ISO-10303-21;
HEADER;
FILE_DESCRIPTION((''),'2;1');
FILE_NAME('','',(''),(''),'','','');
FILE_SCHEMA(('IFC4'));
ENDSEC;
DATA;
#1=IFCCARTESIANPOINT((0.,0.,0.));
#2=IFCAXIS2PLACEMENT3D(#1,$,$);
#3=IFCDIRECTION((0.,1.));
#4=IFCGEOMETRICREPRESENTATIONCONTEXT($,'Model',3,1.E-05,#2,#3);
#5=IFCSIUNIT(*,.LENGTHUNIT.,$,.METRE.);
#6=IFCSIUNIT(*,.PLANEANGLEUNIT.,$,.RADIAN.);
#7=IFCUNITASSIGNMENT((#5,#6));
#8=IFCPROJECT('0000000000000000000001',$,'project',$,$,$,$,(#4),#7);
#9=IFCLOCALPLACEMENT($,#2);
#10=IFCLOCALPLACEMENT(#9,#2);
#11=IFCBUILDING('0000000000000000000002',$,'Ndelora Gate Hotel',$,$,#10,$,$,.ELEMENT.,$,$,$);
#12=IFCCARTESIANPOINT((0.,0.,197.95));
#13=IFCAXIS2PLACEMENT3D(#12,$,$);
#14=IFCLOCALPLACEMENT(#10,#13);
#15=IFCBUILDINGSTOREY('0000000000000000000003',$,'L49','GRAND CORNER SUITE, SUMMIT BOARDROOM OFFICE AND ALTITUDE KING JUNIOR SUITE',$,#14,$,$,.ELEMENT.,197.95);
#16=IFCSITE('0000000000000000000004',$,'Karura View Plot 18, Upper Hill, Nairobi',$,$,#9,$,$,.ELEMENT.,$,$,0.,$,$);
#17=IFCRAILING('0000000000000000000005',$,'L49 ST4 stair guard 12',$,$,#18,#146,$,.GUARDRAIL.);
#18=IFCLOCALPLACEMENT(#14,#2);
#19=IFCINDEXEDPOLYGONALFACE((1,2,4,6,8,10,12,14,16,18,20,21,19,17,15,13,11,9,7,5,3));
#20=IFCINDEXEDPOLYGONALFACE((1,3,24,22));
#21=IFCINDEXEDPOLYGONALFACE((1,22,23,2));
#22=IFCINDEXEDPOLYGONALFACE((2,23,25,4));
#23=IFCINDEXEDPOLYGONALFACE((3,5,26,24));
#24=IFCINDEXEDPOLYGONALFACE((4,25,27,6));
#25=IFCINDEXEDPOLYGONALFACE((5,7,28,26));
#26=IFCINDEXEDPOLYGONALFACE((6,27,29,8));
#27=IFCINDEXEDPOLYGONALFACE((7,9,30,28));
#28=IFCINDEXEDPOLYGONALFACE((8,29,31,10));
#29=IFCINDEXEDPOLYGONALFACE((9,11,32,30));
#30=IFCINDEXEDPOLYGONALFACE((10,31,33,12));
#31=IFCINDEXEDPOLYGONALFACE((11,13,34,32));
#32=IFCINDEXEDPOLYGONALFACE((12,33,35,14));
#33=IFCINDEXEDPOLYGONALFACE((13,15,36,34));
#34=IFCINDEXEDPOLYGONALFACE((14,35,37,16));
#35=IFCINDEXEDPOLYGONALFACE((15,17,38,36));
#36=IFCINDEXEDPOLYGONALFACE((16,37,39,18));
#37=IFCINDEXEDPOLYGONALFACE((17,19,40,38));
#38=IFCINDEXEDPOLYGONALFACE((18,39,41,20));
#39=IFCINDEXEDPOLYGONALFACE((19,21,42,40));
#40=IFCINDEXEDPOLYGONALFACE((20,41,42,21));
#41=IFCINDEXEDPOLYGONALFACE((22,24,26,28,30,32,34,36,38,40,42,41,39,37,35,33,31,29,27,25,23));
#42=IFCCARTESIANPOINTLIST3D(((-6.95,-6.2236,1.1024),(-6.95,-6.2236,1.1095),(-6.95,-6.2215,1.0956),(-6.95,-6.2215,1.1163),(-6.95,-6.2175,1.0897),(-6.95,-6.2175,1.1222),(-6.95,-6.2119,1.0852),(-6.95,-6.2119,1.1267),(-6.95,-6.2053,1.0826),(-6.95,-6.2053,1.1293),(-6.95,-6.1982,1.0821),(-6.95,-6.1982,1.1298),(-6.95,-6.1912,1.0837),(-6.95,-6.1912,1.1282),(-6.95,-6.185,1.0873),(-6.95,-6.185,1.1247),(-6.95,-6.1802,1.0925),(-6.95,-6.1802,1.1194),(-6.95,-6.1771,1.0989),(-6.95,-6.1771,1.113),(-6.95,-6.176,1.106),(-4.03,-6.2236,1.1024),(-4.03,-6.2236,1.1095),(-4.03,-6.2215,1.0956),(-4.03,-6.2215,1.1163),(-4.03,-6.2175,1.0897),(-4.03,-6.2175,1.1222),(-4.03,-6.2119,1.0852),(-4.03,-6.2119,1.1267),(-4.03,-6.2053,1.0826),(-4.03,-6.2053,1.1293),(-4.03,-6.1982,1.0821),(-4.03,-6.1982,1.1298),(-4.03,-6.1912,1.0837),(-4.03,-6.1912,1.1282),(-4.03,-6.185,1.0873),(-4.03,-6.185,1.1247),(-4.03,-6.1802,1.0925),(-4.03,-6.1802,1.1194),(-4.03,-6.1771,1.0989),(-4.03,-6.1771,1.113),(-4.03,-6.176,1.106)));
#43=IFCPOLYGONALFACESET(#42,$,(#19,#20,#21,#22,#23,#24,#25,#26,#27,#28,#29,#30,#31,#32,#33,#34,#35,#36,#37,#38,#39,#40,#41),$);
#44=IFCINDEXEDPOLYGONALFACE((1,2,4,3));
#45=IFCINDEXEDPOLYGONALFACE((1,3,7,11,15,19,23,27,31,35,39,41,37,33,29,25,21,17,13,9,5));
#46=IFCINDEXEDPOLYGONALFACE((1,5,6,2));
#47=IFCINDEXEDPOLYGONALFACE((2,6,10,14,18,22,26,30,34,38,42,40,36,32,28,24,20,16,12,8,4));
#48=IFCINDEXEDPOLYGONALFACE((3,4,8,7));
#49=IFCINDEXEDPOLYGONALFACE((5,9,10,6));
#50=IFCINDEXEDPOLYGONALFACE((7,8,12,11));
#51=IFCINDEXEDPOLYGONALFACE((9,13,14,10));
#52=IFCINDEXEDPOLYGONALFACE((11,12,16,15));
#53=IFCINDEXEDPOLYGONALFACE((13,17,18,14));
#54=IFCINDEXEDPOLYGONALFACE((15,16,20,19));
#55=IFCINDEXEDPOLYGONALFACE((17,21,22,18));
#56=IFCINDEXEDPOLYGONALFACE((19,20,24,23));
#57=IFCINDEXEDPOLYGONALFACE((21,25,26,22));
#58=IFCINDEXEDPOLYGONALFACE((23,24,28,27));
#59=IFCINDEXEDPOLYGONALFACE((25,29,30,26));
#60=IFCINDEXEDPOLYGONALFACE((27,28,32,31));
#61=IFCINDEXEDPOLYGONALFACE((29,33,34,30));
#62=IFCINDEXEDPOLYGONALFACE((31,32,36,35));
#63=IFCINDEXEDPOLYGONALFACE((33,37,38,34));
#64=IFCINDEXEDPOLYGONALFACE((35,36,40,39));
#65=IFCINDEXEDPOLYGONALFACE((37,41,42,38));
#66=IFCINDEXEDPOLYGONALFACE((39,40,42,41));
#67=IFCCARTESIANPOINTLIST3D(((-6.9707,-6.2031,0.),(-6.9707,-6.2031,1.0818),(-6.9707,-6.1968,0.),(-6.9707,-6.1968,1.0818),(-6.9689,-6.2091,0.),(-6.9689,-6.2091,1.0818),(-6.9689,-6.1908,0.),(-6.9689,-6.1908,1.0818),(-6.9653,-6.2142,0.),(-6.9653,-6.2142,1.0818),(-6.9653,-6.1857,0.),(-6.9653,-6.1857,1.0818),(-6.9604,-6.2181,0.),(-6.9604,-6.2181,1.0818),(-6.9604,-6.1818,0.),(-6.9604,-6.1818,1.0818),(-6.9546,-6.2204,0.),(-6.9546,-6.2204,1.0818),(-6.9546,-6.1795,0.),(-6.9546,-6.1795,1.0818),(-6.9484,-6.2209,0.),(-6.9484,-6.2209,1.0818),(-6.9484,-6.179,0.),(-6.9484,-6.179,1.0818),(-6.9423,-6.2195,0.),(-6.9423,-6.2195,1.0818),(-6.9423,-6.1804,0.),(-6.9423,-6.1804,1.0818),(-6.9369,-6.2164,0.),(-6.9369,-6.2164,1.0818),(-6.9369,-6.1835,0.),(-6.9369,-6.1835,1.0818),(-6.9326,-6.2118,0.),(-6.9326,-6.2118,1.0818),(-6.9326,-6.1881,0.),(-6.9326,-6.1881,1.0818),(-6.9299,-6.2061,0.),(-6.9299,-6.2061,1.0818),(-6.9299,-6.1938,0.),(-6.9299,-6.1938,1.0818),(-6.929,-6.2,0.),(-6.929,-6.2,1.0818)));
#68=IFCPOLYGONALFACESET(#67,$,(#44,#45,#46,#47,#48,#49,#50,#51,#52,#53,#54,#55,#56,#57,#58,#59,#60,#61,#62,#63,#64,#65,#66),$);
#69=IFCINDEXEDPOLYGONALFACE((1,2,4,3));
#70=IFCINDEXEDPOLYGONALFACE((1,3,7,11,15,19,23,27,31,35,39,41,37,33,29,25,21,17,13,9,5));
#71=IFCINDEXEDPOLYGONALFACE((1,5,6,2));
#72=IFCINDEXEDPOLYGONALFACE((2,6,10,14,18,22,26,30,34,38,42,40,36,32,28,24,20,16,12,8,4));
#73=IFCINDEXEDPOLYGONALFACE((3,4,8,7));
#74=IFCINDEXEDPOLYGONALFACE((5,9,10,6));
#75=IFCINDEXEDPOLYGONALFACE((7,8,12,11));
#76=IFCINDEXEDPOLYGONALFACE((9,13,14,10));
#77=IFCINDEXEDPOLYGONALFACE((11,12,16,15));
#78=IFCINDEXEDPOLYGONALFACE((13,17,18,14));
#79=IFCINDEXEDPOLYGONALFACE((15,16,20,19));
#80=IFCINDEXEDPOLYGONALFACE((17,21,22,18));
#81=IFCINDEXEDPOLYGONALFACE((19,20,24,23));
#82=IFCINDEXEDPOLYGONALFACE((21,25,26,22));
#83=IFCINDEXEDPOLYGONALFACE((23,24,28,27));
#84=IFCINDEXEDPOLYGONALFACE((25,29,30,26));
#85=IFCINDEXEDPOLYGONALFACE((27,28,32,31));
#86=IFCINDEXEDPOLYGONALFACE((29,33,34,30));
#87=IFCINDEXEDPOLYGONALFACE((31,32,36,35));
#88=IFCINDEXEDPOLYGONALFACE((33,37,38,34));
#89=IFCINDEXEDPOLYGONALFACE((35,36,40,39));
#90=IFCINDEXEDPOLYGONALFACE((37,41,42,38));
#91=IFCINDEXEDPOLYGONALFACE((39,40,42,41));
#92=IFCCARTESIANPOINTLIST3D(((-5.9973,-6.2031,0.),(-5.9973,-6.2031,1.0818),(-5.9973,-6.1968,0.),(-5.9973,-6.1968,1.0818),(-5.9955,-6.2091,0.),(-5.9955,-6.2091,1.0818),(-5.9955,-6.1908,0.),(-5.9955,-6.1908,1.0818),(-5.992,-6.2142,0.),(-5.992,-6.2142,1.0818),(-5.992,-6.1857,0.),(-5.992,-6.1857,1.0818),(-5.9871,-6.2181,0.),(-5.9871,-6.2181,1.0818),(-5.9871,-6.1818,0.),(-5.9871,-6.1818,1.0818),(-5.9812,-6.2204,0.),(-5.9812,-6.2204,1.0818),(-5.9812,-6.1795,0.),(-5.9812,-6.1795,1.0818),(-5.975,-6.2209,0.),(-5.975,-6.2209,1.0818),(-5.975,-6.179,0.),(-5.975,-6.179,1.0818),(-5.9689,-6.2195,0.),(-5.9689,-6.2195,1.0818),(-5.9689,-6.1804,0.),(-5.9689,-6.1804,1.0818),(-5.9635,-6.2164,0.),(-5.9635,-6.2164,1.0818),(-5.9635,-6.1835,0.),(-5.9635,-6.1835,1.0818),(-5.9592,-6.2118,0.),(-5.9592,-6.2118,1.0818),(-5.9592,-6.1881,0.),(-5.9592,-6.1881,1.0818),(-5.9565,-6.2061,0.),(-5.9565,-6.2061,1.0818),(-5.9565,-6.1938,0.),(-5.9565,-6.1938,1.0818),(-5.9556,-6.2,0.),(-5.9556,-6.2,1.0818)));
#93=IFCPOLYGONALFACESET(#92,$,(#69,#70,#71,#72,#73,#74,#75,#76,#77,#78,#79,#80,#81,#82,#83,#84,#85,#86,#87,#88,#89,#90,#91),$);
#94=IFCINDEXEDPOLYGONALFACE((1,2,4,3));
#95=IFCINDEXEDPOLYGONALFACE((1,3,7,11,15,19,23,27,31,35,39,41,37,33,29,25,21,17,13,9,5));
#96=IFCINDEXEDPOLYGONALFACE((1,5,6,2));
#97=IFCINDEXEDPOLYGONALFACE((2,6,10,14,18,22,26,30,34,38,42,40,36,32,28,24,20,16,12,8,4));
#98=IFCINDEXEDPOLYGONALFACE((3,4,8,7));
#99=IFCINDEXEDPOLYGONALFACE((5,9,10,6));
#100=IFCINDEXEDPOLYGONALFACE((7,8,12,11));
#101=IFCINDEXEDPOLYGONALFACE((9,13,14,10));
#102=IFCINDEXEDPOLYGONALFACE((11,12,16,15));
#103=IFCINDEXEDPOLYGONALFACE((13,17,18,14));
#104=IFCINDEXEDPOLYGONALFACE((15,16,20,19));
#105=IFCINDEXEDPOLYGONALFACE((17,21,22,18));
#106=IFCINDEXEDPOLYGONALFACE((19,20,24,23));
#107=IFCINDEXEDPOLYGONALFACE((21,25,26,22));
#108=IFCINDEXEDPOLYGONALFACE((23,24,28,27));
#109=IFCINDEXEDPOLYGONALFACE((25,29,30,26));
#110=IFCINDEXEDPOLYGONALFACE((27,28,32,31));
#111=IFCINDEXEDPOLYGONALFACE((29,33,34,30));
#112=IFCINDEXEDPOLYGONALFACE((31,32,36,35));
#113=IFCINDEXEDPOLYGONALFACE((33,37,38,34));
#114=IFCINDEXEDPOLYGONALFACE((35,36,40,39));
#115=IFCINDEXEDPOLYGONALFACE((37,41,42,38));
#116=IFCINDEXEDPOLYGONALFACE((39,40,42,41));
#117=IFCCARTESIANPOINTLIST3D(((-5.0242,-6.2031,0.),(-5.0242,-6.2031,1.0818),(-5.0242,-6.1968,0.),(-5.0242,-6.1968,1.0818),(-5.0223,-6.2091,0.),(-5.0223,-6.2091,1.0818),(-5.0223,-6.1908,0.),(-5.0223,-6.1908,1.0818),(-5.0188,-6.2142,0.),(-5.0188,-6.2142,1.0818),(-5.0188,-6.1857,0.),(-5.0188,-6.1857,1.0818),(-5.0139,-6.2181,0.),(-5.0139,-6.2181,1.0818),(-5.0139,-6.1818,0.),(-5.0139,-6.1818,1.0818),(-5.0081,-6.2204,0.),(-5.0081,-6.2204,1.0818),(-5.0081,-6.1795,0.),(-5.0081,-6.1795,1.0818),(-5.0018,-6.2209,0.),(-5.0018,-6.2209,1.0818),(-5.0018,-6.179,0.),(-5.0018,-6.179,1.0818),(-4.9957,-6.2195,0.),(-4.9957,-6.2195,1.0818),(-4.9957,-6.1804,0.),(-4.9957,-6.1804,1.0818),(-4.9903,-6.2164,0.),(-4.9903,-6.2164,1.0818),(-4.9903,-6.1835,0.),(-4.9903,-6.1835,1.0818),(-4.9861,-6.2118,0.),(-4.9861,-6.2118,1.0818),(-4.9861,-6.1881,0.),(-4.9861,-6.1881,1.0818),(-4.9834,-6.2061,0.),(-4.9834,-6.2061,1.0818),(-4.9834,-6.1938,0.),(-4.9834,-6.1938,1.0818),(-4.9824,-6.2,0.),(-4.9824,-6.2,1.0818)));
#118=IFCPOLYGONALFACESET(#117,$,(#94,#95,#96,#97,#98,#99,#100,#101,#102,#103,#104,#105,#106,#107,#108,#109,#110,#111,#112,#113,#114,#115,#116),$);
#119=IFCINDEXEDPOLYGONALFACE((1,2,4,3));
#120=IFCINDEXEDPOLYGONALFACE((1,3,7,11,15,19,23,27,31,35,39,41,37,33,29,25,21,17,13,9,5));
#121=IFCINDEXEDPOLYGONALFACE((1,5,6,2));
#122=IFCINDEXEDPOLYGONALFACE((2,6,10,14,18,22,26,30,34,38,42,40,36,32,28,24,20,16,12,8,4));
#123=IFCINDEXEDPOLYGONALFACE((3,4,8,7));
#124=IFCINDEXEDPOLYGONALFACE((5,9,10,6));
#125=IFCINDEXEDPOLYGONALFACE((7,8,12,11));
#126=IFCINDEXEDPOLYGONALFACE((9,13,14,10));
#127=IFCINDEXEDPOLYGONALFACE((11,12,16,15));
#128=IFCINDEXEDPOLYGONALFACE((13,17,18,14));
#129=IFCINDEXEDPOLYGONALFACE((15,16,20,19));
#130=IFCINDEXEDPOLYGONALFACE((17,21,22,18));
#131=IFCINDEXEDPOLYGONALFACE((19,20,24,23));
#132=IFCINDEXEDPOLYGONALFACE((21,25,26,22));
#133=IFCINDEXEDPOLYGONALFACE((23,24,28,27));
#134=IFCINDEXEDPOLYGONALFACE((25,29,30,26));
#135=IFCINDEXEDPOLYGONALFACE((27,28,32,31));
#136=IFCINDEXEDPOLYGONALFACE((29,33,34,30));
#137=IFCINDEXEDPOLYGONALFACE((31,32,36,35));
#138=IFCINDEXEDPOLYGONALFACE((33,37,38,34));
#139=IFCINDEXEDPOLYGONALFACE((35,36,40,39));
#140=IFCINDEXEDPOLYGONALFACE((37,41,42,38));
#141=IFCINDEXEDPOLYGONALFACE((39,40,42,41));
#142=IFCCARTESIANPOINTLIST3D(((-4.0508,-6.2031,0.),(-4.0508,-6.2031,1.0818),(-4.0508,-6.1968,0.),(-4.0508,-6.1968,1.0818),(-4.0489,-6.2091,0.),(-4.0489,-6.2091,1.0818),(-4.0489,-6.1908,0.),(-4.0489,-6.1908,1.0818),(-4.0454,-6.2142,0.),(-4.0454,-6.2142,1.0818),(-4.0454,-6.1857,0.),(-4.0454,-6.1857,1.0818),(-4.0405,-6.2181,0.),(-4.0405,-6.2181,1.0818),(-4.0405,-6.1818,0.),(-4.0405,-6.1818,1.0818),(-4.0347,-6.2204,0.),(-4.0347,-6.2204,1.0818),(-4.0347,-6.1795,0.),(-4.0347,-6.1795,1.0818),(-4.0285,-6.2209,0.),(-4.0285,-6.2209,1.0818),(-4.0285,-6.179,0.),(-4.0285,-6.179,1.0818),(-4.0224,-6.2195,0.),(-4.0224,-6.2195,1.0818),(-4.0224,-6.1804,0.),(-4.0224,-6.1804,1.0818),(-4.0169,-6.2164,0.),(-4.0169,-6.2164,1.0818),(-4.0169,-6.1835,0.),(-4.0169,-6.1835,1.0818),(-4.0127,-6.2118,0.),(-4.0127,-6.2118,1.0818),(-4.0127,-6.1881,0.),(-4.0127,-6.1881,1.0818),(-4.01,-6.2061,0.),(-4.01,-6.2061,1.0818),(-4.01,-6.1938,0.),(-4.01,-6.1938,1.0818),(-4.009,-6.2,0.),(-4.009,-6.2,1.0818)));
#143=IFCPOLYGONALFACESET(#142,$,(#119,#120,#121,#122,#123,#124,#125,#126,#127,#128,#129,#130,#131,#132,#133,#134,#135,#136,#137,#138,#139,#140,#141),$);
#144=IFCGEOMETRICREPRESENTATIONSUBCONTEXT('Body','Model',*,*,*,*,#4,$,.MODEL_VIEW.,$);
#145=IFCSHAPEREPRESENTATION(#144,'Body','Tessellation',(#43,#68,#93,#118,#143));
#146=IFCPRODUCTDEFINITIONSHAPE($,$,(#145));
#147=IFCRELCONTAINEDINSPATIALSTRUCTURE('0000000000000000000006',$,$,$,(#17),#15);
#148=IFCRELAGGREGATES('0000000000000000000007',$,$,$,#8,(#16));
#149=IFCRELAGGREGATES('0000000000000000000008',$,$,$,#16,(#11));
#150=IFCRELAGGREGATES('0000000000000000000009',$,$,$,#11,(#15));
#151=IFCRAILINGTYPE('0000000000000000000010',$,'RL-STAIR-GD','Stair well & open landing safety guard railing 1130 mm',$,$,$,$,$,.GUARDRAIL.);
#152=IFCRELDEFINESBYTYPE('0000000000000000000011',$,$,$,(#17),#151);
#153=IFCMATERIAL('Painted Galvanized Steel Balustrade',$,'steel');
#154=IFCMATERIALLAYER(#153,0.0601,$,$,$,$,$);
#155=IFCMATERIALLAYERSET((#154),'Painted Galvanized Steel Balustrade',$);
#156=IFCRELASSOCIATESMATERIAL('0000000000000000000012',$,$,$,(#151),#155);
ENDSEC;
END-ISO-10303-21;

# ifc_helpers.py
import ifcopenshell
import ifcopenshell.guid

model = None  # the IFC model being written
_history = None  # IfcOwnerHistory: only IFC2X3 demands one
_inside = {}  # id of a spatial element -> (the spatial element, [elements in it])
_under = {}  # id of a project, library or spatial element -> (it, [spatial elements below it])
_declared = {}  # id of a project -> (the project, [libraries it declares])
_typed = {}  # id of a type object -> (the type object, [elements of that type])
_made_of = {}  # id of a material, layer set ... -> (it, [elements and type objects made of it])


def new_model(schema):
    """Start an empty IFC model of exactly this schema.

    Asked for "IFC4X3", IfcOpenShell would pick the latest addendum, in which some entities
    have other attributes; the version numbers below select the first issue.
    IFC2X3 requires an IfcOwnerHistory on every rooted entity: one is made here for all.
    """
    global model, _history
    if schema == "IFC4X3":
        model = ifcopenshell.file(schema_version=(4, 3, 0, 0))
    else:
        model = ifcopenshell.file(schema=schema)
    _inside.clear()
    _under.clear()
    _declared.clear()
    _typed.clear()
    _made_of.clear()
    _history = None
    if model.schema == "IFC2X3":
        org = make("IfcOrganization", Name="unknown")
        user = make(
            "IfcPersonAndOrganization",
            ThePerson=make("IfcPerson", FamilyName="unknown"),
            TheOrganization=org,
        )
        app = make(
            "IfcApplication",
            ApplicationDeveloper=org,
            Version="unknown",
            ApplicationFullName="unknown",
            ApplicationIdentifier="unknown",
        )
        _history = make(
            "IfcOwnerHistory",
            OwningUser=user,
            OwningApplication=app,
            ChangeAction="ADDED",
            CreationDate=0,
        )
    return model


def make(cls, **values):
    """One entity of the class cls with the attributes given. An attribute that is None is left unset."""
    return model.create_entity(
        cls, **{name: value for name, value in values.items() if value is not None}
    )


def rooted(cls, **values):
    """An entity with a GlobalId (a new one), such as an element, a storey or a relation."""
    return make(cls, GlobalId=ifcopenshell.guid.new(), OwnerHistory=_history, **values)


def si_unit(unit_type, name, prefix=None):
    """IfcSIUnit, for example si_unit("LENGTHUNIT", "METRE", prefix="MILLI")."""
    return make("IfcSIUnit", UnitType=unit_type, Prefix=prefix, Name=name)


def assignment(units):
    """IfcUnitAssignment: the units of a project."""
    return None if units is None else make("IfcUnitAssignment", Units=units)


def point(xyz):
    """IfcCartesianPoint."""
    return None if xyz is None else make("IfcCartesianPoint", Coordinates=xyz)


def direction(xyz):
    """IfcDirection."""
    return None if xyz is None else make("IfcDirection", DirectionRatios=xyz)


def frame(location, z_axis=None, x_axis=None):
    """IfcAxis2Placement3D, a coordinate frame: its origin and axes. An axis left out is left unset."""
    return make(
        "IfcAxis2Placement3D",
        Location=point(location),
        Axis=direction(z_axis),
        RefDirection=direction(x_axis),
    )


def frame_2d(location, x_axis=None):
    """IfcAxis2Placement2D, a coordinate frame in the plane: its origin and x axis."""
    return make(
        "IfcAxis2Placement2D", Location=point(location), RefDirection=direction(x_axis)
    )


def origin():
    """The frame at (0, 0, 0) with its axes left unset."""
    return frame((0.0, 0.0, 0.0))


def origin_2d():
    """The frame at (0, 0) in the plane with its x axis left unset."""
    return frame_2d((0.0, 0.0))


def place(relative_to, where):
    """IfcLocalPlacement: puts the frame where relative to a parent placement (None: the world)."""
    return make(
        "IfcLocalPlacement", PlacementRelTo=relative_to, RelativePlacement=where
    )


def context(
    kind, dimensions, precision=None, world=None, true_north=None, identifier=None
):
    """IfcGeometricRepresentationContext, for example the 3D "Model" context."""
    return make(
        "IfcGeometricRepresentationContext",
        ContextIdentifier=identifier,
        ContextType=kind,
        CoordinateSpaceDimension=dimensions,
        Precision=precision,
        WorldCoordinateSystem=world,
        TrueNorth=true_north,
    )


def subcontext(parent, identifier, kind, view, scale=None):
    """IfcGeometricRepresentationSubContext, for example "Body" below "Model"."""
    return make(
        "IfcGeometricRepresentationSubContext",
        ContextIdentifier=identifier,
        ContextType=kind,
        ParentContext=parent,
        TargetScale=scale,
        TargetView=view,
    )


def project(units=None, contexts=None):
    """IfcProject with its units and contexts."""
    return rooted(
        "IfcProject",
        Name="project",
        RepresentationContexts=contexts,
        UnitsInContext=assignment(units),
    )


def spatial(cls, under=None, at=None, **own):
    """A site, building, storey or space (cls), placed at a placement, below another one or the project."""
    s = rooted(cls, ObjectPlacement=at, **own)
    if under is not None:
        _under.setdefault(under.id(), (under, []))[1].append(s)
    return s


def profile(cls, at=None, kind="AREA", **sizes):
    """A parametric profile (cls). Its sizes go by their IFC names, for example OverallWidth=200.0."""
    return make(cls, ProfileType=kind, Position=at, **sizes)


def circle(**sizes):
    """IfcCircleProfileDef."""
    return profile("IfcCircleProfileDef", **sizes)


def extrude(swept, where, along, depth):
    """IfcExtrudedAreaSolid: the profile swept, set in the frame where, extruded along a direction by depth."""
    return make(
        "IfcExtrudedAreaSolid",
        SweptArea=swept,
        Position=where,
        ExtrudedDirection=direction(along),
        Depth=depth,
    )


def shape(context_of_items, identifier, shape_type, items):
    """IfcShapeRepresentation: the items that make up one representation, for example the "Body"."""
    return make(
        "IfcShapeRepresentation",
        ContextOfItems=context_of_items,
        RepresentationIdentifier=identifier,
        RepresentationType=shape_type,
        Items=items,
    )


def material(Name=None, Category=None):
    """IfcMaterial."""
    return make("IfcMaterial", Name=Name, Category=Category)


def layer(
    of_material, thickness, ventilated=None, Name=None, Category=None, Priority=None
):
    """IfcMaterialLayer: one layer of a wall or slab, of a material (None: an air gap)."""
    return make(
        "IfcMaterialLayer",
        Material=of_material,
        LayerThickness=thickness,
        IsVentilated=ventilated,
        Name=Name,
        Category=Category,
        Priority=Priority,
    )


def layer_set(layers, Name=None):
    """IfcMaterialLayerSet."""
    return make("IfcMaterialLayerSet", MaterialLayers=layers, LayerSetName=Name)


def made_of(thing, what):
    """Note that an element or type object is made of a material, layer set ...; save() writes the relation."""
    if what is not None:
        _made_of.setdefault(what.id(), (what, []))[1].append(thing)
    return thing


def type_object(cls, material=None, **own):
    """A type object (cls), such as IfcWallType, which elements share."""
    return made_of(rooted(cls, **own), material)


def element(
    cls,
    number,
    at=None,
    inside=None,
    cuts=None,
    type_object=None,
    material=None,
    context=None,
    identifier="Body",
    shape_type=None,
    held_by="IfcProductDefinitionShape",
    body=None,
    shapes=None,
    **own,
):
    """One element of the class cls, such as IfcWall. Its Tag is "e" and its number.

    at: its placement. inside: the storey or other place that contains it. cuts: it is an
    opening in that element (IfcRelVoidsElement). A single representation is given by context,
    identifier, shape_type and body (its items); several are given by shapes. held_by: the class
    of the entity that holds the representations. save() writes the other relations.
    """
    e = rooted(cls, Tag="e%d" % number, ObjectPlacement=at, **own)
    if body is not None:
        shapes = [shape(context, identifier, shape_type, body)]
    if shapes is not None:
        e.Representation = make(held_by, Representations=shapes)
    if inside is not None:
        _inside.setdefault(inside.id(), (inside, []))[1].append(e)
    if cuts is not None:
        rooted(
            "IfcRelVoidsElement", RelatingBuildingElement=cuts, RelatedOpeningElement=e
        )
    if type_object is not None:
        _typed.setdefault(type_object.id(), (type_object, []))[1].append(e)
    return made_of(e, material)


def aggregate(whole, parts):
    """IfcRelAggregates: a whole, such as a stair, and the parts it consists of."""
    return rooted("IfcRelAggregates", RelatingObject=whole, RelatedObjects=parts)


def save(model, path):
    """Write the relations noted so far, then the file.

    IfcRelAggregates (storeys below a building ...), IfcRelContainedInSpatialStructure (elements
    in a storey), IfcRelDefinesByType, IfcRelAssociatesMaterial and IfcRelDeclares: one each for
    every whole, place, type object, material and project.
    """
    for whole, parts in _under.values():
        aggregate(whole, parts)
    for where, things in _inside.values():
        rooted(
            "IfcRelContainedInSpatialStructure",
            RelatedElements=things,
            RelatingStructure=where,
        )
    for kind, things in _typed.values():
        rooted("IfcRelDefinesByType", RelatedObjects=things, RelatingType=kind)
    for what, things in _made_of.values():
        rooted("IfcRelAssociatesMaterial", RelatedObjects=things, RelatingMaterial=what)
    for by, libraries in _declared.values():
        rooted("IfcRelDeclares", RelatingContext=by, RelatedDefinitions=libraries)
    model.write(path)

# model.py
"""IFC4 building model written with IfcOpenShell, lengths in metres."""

from ifc_helpers import new_model, si_unit, direction, frame, origin, origin_2d, place, context, subcontext, project, spatial, circle, extrude, material, layer, layer_set, type_object, element, save


model = new_model("IFC4")

# Units and contexts
model_context = context("Model", 3, precision=1e-05, world=origin(), true_north=direction((0.0, 1.0)))
body_context = subcontext(model_context, "Body", "Model", "MODEL_VIEW")
ifc_project = project(units=[si_unit("LENGTHUNIT", "METRE"), si_unit("PLANEANGLEUNIT", "RADIAN")], contexts=[model_context])

# Site, building, storey
site_placement = place(None, origin())
site = spatial("IfcSite", under=ifc_project, at=site_placement, Name="Karura View Plot 18, Upper Hill, Nairobi", CompositionType="ELEMENT", RefElevation=0.0)
building_placement = place(site_placement, origin())
building = spatial("IfcBuilding", under=site, at=building_placement, Name="Ndelora Gate Hotel", CompositionType="ELEMENT")
storey_placement = place(building_placement, frame((0.0, 0.0, 197.95)))
storey = spatial("IfcBuildingStorey", under=building, at=storey_placement, Name="L49", Description="GRAND CORNER SUITE, SUMMIT BOARDROOM OFFICE AND ALTITUDE KING JUNIOR SUITE", CompositionType="ELEMENT", Elevation=197.95)

# Railing
ifc_material_1 = material(Name="Painted Galvanized Steel Balustrade", Category="steel")
ifc_layer_1 = layer(ifc_material_1, 0.0601)
ifc_layer_set_1 = layer_set([ifc_layer_1], Name="Painted Galvanized Steel Balustrade")
railing_type_1 = type_object("IfcRailingType", Name="RL-STAIR-GD", Description="Stair well & open landing safety guard railing 1130 mm", PredefinedType="GUARDRAIL", material=ifc_layer_set_1)
railing_1_placement = place(storey_placement, frame((-6.95, -6.2, 0.0)))
element("IfcRailing", 1, at=railing_1_placement, inside=storey, type_object=railing_type_1, Name="L49 ST4 stair guard 12", PredefinedType="GUARDRAIL", context=body_context, shape_type="SweptSolid", body=[
    extrude(circle(Radius=0.0239, at=origin_2d()), frame((0.0, 0.0, 1.106), z_axis=(1.0, 0.0, 0.0), x_axis=(0.0, 1.0, 0.0)), (0.0, 0.0, 1.0), 2.9199),
    extrude(circle(Radius=0.021, at=origin_2d()), origin(), (0.0, 0.0, 1.0), 1.0818),
    extrude(circle(Radius=0.021, at=origin_2d()), frame((0.9734, 0.0, 0.0)), (0.0, 0.0, 1.0), 1.0818),
    extrude(circle(Radius=0.021, at=origin_2d()), frame((1.9465, 0.0, 0.0)), (0.0, 0.0, 1.0), 1.0818),
    extrude(circle(Radius=0.021, at=origin_2d()), frame((2.9199, 0.0, 0.0)), (0.0, 0.0, 1.0), 1.0818),
])

save(model, "model.ifc")
